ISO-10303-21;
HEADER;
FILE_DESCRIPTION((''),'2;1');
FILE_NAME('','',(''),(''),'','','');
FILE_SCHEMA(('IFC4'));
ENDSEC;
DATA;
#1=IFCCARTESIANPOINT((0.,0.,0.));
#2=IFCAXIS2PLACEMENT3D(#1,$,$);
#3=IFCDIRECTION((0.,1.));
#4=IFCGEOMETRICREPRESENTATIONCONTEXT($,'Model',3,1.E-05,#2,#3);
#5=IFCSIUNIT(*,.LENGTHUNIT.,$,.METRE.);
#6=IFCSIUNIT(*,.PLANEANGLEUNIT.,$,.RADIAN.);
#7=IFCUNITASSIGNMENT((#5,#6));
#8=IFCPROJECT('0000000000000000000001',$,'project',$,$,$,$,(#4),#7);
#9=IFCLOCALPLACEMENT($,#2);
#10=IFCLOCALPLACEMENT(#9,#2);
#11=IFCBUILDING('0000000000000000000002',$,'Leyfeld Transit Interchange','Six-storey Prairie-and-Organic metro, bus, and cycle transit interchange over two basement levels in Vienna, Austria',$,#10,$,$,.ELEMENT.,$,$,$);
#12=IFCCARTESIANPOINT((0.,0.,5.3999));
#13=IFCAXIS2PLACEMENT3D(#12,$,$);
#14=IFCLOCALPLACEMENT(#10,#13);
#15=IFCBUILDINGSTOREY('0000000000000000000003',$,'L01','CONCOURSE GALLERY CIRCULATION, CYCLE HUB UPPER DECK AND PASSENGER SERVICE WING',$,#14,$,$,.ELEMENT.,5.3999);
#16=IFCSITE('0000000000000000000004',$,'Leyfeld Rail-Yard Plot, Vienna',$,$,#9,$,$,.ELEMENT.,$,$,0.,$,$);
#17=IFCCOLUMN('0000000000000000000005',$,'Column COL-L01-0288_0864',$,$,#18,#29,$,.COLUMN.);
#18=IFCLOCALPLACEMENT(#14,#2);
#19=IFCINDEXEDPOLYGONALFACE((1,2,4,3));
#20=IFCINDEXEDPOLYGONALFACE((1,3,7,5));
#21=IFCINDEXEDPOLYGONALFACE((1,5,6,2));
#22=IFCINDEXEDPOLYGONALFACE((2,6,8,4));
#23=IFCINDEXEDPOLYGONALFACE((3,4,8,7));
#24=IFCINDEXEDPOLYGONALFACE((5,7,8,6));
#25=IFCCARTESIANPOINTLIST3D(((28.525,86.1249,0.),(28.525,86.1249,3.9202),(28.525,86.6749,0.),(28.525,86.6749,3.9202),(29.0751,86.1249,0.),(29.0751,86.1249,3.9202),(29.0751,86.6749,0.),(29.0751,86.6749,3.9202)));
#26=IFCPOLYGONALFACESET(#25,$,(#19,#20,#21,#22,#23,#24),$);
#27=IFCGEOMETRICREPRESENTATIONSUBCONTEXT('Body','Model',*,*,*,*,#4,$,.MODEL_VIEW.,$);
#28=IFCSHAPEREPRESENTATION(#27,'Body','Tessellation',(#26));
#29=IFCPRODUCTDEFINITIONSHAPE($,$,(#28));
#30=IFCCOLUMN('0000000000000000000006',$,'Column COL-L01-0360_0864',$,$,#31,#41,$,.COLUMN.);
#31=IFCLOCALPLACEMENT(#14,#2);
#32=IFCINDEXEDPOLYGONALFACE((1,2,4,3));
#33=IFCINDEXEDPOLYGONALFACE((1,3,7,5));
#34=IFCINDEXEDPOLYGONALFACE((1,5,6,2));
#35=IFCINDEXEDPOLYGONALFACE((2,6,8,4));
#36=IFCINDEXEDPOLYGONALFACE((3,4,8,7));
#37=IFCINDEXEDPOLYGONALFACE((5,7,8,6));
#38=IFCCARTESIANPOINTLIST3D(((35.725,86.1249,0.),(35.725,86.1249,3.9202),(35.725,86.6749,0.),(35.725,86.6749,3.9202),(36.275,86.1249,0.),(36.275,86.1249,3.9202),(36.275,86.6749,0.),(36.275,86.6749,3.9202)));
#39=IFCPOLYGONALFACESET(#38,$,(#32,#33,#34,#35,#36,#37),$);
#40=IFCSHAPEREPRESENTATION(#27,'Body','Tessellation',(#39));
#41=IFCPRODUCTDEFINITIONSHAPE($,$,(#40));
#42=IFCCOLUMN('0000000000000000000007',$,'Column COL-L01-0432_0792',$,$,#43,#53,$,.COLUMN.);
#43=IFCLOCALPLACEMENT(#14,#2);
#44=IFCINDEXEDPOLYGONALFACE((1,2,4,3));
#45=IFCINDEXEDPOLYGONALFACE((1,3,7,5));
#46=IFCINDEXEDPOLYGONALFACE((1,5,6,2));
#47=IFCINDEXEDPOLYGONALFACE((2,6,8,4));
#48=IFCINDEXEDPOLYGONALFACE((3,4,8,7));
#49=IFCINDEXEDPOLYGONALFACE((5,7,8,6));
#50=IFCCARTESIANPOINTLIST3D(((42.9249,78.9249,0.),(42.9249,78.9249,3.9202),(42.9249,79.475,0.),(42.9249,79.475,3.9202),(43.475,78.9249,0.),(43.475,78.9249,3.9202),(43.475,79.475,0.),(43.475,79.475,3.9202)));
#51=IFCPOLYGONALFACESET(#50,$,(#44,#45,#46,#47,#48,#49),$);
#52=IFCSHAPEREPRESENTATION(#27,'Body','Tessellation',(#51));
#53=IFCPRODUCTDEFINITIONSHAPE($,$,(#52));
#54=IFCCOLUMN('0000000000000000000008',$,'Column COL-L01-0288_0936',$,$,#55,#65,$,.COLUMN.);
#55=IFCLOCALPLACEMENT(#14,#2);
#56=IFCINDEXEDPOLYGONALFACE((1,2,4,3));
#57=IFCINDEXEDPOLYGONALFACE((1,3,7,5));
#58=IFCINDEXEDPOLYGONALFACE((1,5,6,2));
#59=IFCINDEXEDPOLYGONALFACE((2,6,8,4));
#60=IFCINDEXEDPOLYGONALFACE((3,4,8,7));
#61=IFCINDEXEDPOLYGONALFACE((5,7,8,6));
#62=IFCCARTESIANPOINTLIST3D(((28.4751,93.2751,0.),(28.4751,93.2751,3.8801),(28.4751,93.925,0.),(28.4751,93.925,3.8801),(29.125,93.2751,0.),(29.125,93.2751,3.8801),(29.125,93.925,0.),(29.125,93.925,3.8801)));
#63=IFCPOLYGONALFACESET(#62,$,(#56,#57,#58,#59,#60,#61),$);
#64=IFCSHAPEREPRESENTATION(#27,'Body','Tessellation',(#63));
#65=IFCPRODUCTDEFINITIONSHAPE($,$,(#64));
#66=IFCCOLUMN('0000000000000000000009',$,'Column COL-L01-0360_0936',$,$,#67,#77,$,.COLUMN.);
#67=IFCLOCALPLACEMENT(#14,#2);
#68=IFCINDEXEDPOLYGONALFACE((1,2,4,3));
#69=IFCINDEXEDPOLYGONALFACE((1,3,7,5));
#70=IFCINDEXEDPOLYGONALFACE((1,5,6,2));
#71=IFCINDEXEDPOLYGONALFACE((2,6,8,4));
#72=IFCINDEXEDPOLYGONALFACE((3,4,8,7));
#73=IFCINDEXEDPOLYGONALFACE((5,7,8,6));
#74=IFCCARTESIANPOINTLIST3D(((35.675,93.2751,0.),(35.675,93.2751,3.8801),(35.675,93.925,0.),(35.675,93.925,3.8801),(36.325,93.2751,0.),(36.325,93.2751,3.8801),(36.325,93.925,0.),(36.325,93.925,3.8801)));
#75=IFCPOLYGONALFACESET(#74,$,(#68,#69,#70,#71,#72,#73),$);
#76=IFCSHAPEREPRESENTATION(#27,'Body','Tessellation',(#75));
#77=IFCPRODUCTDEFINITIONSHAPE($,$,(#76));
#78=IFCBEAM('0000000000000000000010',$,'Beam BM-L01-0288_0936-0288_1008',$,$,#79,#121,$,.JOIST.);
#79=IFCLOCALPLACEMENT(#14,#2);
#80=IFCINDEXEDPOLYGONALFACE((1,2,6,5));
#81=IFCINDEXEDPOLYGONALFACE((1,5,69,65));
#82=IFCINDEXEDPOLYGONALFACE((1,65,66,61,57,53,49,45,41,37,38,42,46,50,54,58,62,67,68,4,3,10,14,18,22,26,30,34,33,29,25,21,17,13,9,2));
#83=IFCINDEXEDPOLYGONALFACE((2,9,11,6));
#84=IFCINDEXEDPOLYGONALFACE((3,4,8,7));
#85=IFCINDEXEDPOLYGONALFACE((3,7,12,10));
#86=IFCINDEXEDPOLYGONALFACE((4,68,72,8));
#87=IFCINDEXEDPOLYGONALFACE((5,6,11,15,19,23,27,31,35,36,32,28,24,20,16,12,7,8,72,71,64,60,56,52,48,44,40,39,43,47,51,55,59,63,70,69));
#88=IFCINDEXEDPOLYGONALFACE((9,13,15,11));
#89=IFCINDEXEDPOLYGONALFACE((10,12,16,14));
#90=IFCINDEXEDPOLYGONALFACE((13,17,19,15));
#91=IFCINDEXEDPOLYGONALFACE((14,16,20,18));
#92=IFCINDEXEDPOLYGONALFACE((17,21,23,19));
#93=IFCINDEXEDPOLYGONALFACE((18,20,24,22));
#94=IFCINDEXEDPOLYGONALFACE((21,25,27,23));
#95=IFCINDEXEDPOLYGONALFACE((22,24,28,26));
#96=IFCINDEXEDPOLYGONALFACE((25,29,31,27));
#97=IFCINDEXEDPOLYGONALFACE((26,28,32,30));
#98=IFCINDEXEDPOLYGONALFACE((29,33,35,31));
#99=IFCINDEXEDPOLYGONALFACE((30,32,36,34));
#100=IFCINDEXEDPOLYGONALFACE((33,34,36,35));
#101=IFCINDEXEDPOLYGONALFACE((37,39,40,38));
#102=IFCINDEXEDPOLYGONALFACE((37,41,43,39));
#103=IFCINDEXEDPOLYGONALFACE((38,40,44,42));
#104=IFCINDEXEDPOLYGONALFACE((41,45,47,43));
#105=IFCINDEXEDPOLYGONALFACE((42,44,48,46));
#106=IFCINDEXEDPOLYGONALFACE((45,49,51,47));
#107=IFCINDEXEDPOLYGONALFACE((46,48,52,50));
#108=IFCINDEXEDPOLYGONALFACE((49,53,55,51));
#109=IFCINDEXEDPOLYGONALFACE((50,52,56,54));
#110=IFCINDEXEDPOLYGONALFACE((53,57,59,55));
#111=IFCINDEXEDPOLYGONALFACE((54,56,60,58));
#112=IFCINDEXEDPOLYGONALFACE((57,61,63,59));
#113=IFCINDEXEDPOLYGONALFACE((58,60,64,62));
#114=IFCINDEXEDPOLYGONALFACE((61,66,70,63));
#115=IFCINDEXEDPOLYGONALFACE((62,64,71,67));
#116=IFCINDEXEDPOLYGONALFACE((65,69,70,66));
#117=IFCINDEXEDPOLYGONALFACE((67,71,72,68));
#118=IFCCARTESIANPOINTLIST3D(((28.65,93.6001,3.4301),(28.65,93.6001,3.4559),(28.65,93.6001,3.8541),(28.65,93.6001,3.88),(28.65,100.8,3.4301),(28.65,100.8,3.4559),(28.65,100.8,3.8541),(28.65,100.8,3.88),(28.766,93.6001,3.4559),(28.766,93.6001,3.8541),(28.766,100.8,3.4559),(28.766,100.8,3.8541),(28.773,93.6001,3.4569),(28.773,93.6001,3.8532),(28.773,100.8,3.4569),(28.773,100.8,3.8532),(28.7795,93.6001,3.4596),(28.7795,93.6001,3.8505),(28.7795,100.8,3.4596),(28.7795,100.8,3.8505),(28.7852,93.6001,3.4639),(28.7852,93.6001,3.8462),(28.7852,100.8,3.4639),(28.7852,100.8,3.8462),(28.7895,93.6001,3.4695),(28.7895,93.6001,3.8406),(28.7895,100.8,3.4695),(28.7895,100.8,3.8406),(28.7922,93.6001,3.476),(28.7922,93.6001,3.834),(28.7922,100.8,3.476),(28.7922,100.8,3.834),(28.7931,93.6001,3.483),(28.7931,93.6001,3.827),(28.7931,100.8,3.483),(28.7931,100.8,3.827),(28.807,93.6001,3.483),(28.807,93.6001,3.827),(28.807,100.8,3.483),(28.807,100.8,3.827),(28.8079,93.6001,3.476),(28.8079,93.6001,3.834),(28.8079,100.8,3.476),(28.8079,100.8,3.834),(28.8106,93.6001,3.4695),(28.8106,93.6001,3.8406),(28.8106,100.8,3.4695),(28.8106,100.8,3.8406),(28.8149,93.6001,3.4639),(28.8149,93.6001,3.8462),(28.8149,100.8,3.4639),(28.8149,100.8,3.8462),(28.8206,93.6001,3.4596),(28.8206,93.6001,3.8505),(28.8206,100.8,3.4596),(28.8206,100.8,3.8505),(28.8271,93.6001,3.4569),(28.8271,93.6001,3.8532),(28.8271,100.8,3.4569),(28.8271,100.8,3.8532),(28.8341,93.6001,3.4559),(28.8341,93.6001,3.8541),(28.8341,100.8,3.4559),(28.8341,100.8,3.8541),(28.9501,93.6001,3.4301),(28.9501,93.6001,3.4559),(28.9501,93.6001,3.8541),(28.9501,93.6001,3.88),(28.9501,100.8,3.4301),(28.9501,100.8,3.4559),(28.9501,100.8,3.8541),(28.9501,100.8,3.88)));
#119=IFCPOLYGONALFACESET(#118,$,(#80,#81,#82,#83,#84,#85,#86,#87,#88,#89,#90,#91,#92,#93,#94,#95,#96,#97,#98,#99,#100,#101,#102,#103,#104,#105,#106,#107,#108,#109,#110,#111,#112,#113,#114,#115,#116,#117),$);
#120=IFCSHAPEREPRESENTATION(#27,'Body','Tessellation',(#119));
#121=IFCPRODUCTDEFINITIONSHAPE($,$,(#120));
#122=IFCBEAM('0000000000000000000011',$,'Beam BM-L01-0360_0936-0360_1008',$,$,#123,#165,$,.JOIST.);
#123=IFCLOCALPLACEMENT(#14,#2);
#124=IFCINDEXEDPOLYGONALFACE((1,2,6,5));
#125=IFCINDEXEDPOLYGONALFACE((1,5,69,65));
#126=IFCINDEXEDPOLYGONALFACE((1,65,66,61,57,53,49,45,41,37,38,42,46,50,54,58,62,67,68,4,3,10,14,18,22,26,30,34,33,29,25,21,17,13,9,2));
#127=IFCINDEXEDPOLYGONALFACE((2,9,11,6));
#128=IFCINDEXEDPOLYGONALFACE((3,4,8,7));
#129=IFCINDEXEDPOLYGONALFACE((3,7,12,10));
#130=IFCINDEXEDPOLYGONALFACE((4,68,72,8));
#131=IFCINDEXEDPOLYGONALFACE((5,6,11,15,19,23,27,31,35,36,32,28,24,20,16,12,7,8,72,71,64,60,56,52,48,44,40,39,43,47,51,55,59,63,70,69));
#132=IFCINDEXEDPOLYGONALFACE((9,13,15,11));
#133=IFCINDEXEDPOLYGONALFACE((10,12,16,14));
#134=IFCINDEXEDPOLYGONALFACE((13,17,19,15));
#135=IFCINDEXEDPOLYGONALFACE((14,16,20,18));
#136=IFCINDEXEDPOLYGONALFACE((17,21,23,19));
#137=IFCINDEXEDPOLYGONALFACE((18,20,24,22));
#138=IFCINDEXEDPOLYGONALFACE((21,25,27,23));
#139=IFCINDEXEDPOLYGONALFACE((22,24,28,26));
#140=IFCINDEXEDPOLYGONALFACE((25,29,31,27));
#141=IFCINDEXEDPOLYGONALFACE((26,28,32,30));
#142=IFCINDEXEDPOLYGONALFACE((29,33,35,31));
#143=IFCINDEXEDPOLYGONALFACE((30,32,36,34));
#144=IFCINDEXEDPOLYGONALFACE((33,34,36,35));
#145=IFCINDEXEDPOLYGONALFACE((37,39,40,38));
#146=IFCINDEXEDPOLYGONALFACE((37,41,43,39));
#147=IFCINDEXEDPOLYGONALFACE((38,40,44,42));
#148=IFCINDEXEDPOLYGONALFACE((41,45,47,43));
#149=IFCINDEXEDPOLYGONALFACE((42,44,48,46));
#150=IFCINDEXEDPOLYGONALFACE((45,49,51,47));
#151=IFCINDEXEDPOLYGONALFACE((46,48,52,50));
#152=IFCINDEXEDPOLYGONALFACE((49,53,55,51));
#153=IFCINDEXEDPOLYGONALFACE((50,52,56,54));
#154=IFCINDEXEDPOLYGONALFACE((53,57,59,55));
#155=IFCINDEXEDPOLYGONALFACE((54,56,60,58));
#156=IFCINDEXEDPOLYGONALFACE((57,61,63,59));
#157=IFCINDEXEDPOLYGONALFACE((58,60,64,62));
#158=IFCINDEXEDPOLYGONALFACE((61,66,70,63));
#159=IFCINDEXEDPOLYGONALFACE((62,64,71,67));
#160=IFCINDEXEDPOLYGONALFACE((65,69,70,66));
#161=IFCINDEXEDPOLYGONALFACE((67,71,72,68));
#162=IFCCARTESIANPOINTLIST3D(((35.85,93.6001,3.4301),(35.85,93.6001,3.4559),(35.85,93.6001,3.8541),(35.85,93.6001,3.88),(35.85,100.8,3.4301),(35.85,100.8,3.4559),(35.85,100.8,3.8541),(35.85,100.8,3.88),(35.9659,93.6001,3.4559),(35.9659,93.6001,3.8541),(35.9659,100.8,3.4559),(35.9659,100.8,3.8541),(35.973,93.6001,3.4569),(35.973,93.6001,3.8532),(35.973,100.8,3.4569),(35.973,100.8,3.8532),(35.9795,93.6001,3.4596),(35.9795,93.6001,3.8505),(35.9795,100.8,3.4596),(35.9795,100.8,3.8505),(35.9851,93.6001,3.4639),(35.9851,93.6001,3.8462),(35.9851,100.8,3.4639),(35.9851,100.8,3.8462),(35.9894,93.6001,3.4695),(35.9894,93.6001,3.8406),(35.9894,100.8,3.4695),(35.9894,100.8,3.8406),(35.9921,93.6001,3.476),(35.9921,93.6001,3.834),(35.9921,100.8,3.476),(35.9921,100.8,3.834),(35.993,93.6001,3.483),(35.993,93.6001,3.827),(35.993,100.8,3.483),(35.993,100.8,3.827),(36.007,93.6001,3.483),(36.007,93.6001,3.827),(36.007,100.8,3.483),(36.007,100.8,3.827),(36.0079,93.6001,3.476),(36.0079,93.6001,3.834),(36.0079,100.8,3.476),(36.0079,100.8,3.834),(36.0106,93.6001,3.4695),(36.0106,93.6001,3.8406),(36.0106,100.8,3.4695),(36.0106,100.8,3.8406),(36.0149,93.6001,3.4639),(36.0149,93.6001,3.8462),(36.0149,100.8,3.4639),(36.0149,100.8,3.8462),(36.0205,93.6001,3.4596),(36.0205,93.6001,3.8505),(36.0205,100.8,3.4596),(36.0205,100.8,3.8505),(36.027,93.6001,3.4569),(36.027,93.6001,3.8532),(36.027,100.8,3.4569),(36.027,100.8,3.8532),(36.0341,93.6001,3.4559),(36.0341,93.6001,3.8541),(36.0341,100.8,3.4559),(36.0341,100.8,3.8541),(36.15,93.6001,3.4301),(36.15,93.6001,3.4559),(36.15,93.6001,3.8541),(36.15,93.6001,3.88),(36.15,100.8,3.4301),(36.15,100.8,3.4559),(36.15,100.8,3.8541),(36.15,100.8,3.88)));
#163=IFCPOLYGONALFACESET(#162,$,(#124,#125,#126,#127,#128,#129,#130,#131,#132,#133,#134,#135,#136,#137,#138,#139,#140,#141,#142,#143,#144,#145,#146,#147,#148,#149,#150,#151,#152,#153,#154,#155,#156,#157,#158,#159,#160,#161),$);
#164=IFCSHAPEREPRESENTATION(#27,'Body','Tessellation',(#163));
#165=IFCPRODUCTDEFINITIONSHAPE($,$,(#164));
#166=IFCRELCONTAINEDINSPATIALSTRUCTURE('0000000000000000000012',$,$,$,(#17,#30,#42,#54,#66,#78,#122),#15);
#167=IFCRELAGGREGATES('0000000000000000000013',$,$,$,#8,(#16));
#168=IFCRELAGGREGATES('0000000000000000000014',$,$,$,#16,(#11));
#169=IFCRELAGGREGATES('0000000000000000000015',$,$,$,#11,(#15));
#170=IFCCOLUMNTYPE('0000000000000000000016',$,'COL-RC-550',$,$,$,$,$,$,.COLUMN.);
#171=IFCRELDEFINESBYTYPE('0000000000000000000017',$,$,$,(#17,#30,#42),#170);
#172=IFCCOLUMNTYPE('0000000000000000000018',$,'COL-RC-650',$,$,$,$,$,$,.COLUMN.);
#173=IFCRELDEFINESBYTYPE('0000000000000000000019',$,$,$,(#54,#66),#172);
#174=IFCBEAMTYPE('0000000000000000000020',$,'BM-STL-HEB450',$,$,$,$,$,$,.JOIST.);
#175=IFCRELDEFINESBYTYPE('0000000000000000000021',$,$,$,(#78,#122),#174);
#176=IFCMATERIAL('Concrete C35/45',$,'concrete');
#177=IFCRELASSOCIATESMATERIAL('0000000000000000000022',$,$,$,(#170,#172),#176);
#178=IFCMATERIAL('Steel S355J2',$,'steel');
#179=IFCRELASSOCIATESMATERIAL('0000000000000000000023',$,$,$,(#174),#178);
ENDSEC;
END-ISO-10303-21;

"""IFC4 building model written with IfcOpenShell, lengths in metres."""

from ifc_helpers import new_model, si_unit, direction, frame, origin, origin_2d, place, context, subcontext, project, spatial, rectangle, i_section, extrude, material, material_profile, profile_set, type_object, element, save


model = new_model("IFC4")

# Units and contexts
model_context = context("Model", 3, precision=1e-05, world=origin(), true_north=direction((0.0, 1.0)))
body_context = subcontext(model_context, "Body", "Model", "MODEL_VIEW")
ifc_project = project(units=[si_unit("LENGTHUNIT", "METRE"), si_unit("PLANEANGLEUNIT", "RADIAN")], contexts=[model_context])

# Site, building, storey
site_placement = place(None, origin())
site = spatial("IfcSite", under=ifc_project, at=site_placement, Name="Leyfeld Rail-Yard Plot, Vienna", CompositionType="ELEMENT", RefElevation=0.0)
building_placement = place(site_placement, origin())
building = spatial("IfcBuilding", under=site, at=building_placement, Name="Leyfeld Transit Interchange", Description="Six-storey Prairie-and-Organic metro, bus, and cycle transit interchange over two basement levels in Vienna, Austria", CompositionType="ELEMENT")
storey_placement = place(building_placement, frame((0.0, 0.0, 5.3999)))
storey = spatial("IfcBuildingStorey", under=building, at=storey_placement, Name="L01", Description="CONCOURSE GALLERY CIRCULATION, CYCLE HUB UPPER DECK AND PASSENGER SERVICE WING", CompositionType="ELEMENT", Elevation=5.3999)

# Columns
ifc_material_1 = material(Name="Concrete C35/45", Category="concrete")
ifc_material_profile_1 = material_profile(ifc_material_1, rectangle(XDim=0.55, YDim=0.55, at=origin_2d()), Name="RC 550x550")
ifc_profile_set_1 = profile_set([ifc_material_profile_1], Name="Concrete C35/45")
column_type_1 = type_object("IfcColumnType", Name="COL-RC-550", PredefinedType="COLUMN", material=ifc_profile_set_1)
for number, where, z_axis, x_axis, name in (
    (1, (28.8, 86.3999, 0.0), (0.0, 0.0, 1.0), (1.0, 0.0, 0.0), "Column COL-L01-0288_0864"),
    (2, (36.0, 86.3999, 0.0), (0.0, 0.0, 1.0), (1.0, 0.0, 0.0), "Column COL-L01-0360_0864"),
    (3, (43.2, 79.2, 0.0), (0.0, 0.0, 1.0), (0.0, 1.0, 0.0), "Column COL-L01-0432_0792"),
):
    element("IfcColumn", number, at=place(storey_placement, frame(where, z_axis=z_axis, x_axis=x_axis)), inside=storey, type_object=column_type_1, Name=name, PredefinedType="COLUMN", context=body_context, shape_type="SweptSolid", body=[
        extrude(rectangle(XDim=0.55, YDim=0.55, at=origin_2d()), origin(), (0.0, 0.0, 1.0), 3.9202),
    ])
ifc_material_profile_2 = material_profile(ifc_material_1, rectangle(XDim=0.6499, YDim=0.6499, at=origin_2d()), Name="RC 650x650")
ifc_profile_set_2 = profile_set([ifc_material_profile_2], Name="Concrete C35/45")
column_type_2 = type_object("IfcColumnType", Name="COL-RC-650", PredefinedType="COLUMN", material=ifc_profile_set_2)
for number, where, z_axis, x_axis, name in (
    (4, (28.8, 93.6001, 0.0), (0.0, 0.0, 1.0), (1.0, 0.0, 0.0), "Column COL-L01-0288_0936"),
    (5, (36.0, 93.6001, 0.0), (0.0, 0.0, 1.0), (1.0, 0.0, 0.0), "Column COL-L01-0360_0936"),
):
    element("IfcColumn", number, at=place(storey_placement, frame(where, z_axis=z_axis, x_axis=x_axis)), inside=storey, type_object=column_type_2, Name=name, PredefinedType="COLUMN", context=body_context, shape_type="SweptSolid", body=[
        extrude(rectangle(XDim=0.6499, YDim=0.6499, at=origin_2d()), origin(), (0.0, 0.0, 1.0), 3.8801),
    ])

# Beams
ifc_material_2 = material(Name="Steel S355J2", Category="steel")
ifc_material_profile_3 = material_profile(ifc_material_2, i_section(OverallWidth=0.3, OverallDepth=0.45, WebThickness=0.0139, FlangeThickness=0.0259, FilletRadius=0.0271, at=origin_2d()), Name="HEB 450")
ifc_profile_set_3 = profile_set([ifc_material_profile_3], Name="Steel S355J2")
beam_type_1 = type_object("IfcBeamType", Name="BM-STL-HEB450", PredefinedType="JOIST", material=ifc_profile_set_3)
for number, where, z_axis, x_axis, name in (
    (6, (28.8, 93.6001, 3.655), (0.0, 1.0, 0.0), (-1.0, 0.0, 0.0), "Beam BM-L01-0288_0936-0288_1008"),
    (7, (36.0, 93.6001, 3.655), (0.0, 1.0, 0.0), (-1.0, 0.0, 0.0), "Beam BM-L01-0360_0936-0360_1008"),
):
    element("IfcBeam", number, at=place(storey_placement, frame(where, z_axis=z_axis, x_axis=x_axis)), inside=storey, type_object=beam_type_1, Name=name, PredefinedType="JOIST", context=body_context, shape_type="SweptSolid", body=[
        extrude(i_section(OverallWidth=0.3, OverallDepth=0.45, WebThickness=0.0139, FlangeThickness=0.0259, FilletRadius=0.0271, at=origin_2d()), origin(), (0.0, 0.0, 1.0), 7.2),
    ])

save(model, "model.ifc")
